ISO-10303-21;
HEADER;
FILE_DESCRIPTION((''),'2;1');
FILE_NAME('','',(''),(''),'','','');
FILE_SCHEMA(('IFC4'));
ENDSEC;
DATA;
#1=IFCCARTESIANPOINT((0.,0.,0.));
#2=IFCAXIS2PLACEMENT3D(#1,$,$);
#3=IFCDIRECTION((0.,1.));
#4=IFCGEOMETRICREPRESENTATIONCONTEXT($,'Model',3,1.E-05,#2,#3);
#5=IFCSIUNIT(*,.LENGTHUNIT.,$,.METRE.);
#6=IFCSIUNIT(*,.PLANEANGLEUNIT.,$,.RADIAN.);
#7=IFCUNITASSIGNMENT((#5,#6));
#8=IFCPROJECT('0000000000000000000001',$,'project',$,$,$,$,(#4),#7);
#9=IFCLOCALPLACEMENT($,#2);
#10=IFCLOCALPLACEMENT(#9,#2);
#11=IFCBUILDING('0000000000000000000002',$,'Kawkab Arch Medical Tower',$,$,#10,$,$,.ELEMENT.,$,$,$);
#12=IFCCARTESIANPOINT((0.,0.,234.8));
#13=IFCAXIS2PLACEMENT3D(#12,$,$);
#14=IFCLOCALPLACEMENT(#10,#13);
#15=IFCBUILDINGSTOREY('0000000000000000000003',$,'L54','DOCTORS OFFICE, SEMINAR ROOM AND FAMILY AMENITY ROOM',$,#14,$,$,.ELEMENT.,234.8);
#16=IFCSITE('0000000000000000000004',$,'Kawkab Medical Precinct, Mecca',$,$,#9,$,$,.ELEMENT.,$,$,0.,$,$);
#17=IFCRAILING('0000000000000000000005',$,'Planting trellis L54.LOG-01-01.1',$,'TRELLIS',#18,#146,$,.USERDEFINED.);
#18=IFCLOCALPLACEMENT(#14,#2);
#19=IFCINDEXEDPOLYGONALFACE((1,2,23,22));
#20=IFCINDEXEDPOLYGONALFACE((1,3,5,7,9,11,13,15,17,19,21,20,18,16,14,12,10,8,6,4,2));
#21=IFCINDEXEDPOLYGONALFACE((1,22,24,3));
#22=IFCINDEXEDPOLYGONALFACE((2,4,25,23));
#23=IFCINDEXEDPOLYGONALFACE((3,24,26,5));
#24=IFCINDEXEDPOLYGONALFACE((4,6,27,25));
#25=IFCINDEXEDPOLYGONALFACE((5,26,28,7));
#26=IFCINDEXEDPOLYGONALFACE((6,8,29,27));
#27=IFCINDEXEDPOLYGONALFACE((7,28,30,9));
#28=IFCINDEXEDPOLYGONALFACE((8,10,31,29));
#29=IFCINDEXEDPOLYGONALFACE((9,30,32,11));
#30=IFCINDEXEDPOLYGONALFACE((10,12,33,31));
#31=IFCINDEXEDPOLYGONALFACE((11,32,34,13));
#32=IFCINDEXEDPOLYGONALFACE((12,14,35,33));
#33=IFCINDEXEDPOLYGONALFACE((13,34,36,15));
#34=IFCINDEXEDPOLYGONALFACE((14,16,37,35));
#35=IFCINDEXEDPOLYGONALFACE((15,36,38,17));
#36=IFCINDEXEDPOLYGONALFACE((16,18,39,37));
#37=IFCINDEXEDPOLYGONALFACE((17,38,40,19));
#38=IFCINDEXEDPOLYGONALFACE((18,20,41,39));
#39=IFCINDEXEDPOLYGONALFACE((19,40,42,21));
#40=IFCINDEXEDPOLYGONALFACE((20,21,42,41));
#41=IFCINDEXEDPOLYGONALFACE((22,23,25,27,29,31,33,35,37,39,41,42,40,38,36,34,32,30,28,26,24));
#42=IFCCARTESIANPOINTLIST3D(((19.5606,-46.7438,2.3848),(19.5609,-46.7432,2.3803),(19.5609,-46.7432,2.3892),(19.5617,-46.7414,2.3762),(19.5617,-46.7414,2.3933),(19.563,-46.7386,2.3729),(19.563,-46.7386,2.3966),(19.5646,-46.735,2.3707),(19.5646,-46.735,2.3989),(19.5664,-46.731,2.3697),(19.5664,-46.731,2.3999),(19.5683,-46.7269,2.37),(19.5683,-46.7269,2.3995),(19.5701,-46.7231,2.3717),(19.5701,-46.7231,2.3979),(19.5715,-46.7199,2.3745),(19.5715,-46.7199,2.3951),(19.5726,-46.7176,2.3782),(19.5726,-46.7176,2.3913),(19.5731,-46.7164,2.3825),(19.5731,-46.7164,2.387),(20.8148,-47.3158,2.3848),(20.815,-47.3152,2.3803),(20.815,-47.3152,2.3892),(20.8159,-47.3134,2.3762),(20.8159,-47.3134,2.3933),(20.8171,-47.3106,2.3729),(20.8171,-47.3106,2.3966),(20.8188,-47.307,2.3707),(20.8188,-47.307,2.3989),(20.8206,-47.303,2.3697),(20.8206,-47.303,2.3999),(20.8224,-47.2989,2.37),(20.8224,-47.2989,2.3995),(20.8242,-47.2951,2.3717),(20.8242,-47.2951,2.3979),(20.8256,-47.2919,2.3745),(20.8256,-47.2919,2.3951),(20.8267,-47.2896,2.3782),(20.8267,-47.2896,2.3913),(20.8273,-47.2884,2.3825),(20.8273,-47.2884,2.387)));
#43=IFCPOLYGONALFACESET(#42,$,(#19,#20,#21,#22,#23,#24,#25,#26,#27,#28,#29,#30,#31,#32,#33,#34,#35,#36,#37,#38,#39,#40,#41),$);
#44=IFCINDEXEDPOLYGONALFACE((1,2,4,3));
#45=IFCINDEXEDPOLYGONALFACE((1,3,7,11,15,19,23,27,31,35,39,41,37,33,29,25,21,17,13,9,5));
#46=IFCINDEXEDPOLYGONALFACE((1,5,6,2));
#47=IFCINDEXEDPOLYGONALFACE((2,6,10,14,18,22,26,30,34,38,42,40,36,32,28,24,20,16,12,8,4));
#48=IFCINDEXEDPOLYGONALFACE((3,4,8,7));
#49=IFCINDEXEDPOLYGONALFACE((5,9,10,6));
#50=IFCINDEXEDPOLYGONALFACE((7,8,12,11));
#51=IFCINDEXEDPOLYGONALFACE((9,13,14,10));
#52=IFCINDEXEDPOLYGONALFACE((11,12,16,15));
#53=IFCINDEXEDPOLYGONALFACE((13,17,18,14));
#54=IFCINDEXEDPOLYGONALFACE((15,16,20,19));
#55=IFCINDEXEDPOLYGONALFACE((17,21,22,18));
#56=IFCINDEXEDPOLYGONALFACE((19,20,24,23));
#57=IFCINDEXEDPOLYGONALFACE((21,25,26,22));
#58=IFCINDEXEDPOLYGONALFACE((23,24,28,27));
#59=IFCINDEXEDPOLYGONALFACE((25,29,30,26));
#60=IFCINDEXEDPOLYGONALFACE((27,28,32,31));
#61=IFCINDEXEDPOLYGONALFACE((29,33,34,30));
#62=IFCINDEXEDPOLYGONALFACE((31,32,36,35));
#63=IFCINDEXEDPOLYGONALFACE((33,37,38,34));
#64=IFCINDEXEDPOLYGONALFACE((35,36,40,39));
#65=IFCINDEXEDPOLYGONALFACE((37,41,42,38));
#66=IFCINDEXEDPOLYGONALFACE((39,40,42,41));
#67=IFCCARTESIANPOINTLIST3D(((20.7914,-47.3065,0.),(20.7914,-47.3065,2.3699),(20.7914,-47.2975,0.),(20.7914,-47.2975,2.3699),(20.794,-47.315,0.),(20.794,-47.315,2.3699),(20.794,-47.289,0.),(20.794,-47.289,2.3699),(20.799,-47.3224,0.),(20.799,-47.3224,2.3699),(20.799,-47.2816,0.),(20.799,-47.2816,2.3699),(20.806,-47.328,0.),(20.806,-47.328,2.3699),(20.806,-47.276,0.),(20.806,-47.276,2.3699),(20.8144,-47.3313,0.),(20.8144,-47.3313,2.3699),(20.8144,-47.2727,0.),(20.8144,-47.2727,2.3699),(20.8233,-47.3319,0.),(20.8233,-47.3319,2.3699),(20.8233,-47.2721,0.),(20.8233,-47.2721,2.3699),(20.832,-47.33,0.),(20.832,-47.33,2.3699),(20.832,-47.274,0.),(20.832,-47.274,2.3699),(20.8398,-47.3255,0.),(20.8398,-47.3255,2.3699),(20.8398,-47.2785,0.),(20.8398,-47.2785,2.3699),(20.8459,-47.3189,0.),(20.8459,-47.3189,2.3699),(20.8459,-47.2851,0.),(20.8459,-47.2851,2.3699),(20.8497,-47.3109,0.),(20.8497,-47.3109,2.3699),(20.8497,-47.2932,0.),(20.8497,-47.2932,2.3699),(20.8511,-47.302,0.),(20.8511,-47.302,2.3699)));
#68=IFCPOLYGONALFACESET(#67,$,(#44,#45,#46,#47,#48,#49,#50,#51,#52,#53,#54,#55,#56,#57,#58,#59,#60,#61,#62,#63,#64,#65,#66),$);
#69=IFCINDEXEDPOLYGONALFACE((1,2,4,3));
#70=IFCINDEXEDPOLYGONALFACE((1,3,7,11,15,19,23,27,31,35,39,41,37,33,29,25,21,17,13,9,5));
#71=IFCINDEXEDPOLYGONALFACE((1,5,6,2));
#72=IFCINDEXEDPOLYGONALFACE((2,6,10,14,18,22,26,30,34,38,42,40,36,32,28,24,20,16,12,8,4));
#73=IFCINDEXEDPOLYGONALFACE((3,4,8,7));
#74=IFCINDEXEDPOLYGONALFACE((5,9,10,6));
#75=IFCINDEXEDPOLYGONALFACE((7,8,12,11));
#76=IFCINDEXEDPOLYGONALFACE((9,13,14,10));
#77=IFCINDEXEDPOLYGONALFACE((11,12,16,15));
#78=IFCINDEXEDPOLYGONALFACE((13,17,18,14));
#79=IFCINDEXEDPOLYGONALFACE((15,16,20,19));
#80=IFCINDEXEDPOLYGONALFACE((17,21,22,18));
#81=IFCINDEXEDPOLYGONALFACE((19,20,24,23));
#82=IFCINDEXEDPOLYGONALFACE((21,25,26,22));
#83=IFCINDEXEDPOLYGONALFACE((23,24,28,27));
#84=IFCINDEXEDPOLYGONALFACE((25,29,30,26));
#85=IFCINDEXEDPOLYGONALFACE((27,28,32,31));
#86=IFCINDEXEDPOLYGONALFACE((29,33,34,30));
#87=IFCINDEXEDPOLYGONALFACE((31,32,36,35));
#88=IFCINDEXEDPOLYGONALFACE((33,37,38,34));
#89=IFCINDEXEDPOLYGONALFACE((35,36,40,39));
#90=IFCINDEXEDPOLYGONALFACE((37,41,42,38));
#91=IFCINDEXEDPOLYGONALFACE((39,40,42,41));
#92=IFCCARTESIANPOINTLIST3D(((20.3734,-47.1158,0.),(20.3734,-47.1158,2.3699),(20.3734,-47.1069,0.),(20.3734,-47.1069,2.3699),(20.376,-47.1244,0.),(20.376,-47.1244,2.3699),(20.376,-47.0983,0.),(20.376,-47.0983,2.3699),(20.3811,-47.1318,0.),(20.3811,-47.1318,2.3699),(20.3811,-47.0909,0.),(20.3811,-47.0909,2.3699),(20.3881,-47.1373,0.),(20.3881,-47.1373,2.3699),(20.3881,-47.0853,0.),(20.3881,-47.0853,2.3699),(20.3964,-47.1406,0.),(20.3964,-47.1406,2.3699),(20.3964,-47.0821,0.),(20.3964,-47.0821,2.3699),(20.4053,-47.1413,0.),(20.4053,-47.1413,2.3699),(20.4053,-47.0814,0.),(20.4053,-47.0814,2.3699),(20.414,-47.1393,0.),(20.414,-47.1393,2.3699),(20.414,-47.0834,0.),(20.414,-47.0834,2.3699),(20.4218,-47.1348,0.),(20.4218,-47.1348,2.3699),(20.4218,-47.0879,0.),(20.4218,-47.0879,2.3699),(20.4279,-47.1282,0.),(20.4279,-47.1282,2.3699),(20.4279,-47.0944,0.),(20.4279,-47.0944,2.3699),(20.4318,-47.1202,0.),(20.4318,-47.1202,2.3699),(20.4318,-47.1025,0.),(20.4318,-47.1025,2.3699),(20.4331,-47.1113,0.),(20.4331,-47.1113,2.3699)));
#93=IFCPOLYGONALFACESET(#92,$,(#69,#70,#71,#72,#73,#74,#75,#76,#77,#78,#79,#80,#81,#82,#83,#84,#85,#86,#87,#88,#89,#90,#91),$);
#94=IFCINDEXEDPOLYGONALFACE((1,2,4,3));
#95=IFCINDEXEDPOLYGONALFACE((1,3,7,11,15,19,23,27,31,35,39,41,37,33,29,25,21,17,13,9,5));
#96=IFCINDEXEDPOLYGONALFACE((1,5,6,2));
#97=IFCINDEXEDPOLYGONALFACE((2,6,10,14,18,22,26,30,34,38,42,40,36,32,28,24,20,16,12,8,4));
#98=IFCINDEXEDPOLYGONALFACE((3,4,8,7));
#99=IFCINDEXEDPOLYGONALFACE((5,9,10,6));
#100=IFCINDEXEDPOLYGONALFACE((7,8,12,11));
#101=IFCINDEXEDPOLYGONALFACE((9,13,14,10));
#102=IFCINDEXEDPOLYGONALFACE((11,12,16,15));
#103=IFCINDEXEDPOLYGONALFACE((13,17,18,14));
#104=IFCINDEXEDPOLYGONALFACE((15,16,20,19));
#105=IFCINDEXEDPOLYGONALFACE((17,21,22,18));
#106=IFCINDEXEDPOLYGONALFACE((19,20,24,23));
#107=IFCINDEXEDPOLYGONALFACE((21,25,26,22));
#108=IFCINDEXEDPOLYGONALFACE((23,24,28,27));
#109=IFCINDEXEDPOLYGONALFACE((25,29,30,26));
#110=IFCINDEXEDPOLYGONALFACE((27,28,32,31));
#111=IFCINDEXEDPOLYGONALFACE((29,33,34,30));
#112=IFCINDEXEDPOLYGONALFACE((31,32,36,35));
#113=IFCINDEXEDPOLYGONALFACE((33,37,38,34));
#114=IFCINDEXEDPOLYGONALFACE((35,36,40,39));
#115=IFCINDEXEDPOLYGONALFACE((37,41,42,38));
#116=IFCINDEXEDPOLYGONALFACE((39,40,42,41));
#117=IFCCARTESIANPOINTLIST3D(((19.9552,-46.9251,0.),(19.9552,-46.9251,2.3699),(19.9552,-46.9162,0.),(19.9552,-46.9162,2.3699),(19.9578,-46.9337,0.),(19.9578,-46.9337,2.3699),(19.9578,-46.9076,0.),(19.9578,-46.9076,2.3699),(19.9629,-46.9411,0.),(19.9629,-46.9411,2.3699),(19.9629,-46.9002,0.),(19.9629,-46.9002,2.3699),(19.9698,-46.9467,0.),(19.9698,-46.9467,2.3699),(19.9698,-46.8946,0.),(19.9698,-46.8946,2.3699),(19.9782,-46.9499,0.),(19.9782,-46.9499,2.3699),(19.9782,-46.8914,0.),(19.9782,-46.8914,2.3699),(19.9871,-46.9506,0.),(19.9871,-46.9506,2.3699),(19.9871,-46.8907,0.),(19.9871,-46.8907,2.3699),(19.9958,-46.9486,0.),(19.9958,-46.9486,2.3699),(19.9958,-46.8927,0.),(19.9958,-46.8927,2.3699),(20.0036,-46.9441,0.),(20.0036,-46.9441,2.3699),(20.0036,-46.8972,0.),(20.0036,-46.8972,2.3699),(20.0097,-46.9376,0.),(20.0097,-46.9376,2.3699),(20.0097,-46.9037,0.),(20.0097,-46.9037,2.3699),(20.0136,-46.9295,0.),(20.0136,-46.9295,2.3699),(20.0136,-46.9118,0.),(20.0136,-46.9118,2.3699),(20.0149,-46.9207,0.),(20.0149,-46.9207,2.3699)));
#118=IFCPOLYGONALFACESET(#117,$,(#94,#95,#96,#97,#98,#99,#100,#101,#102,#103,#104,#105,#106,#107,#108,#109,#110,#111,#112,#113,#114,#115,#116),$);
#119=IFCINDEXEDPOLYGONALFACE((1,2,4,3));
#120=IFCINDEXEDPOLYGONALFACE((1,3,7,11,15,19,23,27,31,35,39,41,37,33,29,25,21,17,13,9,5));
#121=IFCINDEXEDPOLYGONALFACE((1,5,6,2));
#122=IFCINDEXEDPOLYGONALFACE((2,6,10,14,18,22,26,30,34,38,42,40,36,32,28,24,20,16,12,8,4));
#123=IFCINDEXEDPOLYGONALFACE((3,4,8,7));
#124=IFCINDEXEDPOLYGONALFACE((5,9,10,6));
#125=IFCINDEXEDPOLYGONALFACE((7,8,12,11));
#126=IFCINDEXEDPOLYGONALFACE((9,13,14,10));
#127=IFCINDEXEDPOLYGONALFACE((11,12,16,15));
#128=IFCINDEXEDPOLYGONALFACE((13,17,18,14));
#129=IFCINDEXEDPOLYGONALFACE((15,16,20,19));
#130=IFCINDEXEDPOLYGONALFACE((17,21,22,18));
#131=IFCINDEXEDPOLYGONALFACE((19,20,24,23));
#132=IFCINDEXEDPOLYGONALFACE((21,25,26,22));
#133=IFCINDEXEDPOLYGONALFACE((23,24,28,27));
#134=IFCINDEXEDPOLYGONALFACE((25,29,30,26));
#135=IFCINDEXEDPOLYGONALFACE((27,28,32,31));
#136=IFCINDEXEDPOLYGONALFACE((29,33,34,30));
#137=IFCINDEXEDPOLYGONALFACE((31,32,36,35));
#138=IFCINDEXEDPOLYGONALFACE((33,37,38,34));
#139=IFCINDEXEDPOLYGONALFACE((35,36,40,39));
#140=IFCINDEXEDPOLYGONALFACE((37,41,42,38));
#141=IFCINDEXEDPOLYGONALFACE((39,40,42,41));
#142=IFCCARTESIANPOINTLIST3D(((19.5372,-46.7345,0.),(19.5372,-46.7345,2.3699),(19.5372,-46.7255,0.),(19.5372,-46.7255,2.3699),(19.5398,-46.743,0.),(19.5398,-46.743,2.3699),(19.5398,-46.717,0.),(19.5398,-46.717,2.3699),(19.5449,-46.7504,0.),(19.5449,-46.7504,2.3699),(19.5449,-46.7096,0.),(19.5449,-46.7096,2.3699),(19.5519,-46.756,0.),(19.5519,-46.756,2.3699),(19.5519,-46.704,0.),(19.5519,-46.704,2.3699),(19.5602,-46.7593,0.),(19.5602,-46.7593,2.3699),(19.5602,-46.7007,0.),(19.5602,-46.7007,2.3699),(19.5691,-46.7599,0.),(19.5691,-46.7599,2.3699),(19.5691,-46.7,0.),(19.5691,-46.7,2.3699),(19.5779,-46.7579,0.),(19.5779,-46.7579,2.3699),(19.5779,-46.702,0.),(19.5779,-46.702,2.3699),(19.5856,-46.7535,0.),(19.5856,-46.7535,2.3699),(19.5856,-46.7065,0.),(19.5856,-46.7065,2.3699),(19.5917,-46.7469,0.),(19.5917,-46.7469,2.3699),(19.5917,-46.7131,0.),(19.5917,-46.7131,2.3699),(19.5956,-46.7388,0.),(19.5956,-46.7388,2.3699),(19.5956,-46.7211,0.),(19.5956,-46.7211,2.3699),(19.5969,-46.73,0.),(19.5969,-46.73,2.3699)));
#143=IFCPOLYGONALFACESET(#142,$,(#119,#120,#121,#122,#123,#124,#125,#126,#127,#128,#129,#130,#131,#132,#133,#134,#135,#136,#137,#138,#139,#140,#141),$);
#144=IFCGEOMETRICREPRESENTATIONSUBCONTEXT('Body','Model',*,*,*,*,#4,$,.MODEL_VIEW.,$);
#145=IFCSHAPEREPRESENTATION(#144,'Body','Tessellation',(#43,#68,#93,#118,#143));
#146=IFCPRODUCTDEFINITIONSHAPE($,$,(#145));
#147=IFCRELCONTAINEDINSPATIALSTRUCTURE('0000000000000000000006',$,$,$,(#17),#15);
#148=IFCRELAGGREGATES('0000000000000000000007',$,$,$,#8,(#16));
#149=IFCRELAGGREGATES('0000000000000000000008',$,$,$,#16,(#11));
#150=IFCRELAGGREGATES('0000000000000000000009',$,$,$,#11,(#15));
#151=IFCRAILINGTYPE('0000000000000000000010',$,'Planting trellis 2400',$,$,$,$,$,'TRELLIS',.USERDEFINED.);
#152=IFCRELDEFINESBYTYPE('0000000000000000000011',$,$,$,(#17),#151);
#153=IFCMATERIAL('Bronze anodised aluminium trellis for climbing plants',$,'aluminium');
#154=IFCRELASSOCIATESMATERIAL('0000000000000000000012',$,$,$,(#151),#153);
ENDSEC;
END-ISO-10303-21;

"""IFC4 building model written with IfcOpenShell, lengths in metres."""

from ifc_helpers import new_model, si_unit, direction, frame, origin, origin_2d, place, context, subcontext, project, spatial, circle, extrude, material, type_object, element, save


model = new_model("IFC4")

# Units and contexts
model_context = context("Model", 3, precision=1e-05, world=origin(), true_north=direction((0.0, 1.0)))
body_context = subcontext(model_context, "Body", "Model", "MODEL_VIEW")
ifc_project = project(units=[si_unit("LENGTHUNIT", "METRE"), si_unit("PLANEANGLEUNIT", "RADIAN")], contexts=[model_context])

# Site, building, storey
site_placement = place(None, origin())
site = spatial("IfcSite", under=ifc_project, at=site_placement, Name="Kawkab Medical Precinct, Mecca", CompositionType="ELEMENT", RefElevation=0.0)
building_placement = place(site_placement, origin())
building = spatial("IfcBuilding", under=site, at=building_placement, Name="Kawkab Arch Medical Tower", CompositionType="ELEMENT")
storey_placement = place(building_placement, frame((0.0, 0.0, 234.8)))
storey = spatial("IfcBuildingStorey", under=building, at=storey_placement, Name="L54", Description="DOCTORS OFFICE, SEMINAR ROOM AND FAMILY AMENITY ROOM", CompositionType="ELEMENT", Elevation=234.8)

# Railing
ifc_material_1 = material(Name="Bronze anodised aluminium trellis for climbing plants", Category="aluminium")
railing_type = type_object("IfcRailingType", Name="Planting trellis 2400", ElementType="TRELLIS", PredefinedType="USERDEFINED", material=ifc_material_1)
railing_1_placement = place(storey_placement, frame((20.821, -47.302, 0.0)))
element("IfcRailing", 1, at=railing_1_placement, inside=storey, type_object=railing_type, Name="Planting trellis L54.LOG-01-01.1", ObjectType="TRELLIS", PredefinedType="USERDEFINED", context=body_context, shape_type="SweptSolid", body=[
    extrude(circle(Radius=0.0151, at=origin_2d()), frame((0.0, 0.0, 2.3848), z_axis=(-0.909832, 0.414977, 0.0), x_axis=(-0.414977, -0.909832, 0.0)), (0.0, 0.0, 1.0), 1.3784),
    extrude(circle(Radius=0.03, at=origin_2d()), origin(), (0.0, 0.0, 1.0), 2.3699),
    extrude(circle(Radius=0.03, at=origin_2d()), frame((-0.418, 0.1907, 0.0)), (0.0, 0.0, 1.0), 2.3699),
    extrude(circle(Radius=0.03, at=origin_2d()), frame((-0.8362, 0.3813, 0.0)), (0.0, 0.0, 1.0), 2.3699),
    extrude(circle(Radius=0.03, at=origin_2d()), frame((-1.2542, 0.572, 0.0)), (0.0, 0.0, 1.0), 2.3699),
])

save(model, "model.ifc")
